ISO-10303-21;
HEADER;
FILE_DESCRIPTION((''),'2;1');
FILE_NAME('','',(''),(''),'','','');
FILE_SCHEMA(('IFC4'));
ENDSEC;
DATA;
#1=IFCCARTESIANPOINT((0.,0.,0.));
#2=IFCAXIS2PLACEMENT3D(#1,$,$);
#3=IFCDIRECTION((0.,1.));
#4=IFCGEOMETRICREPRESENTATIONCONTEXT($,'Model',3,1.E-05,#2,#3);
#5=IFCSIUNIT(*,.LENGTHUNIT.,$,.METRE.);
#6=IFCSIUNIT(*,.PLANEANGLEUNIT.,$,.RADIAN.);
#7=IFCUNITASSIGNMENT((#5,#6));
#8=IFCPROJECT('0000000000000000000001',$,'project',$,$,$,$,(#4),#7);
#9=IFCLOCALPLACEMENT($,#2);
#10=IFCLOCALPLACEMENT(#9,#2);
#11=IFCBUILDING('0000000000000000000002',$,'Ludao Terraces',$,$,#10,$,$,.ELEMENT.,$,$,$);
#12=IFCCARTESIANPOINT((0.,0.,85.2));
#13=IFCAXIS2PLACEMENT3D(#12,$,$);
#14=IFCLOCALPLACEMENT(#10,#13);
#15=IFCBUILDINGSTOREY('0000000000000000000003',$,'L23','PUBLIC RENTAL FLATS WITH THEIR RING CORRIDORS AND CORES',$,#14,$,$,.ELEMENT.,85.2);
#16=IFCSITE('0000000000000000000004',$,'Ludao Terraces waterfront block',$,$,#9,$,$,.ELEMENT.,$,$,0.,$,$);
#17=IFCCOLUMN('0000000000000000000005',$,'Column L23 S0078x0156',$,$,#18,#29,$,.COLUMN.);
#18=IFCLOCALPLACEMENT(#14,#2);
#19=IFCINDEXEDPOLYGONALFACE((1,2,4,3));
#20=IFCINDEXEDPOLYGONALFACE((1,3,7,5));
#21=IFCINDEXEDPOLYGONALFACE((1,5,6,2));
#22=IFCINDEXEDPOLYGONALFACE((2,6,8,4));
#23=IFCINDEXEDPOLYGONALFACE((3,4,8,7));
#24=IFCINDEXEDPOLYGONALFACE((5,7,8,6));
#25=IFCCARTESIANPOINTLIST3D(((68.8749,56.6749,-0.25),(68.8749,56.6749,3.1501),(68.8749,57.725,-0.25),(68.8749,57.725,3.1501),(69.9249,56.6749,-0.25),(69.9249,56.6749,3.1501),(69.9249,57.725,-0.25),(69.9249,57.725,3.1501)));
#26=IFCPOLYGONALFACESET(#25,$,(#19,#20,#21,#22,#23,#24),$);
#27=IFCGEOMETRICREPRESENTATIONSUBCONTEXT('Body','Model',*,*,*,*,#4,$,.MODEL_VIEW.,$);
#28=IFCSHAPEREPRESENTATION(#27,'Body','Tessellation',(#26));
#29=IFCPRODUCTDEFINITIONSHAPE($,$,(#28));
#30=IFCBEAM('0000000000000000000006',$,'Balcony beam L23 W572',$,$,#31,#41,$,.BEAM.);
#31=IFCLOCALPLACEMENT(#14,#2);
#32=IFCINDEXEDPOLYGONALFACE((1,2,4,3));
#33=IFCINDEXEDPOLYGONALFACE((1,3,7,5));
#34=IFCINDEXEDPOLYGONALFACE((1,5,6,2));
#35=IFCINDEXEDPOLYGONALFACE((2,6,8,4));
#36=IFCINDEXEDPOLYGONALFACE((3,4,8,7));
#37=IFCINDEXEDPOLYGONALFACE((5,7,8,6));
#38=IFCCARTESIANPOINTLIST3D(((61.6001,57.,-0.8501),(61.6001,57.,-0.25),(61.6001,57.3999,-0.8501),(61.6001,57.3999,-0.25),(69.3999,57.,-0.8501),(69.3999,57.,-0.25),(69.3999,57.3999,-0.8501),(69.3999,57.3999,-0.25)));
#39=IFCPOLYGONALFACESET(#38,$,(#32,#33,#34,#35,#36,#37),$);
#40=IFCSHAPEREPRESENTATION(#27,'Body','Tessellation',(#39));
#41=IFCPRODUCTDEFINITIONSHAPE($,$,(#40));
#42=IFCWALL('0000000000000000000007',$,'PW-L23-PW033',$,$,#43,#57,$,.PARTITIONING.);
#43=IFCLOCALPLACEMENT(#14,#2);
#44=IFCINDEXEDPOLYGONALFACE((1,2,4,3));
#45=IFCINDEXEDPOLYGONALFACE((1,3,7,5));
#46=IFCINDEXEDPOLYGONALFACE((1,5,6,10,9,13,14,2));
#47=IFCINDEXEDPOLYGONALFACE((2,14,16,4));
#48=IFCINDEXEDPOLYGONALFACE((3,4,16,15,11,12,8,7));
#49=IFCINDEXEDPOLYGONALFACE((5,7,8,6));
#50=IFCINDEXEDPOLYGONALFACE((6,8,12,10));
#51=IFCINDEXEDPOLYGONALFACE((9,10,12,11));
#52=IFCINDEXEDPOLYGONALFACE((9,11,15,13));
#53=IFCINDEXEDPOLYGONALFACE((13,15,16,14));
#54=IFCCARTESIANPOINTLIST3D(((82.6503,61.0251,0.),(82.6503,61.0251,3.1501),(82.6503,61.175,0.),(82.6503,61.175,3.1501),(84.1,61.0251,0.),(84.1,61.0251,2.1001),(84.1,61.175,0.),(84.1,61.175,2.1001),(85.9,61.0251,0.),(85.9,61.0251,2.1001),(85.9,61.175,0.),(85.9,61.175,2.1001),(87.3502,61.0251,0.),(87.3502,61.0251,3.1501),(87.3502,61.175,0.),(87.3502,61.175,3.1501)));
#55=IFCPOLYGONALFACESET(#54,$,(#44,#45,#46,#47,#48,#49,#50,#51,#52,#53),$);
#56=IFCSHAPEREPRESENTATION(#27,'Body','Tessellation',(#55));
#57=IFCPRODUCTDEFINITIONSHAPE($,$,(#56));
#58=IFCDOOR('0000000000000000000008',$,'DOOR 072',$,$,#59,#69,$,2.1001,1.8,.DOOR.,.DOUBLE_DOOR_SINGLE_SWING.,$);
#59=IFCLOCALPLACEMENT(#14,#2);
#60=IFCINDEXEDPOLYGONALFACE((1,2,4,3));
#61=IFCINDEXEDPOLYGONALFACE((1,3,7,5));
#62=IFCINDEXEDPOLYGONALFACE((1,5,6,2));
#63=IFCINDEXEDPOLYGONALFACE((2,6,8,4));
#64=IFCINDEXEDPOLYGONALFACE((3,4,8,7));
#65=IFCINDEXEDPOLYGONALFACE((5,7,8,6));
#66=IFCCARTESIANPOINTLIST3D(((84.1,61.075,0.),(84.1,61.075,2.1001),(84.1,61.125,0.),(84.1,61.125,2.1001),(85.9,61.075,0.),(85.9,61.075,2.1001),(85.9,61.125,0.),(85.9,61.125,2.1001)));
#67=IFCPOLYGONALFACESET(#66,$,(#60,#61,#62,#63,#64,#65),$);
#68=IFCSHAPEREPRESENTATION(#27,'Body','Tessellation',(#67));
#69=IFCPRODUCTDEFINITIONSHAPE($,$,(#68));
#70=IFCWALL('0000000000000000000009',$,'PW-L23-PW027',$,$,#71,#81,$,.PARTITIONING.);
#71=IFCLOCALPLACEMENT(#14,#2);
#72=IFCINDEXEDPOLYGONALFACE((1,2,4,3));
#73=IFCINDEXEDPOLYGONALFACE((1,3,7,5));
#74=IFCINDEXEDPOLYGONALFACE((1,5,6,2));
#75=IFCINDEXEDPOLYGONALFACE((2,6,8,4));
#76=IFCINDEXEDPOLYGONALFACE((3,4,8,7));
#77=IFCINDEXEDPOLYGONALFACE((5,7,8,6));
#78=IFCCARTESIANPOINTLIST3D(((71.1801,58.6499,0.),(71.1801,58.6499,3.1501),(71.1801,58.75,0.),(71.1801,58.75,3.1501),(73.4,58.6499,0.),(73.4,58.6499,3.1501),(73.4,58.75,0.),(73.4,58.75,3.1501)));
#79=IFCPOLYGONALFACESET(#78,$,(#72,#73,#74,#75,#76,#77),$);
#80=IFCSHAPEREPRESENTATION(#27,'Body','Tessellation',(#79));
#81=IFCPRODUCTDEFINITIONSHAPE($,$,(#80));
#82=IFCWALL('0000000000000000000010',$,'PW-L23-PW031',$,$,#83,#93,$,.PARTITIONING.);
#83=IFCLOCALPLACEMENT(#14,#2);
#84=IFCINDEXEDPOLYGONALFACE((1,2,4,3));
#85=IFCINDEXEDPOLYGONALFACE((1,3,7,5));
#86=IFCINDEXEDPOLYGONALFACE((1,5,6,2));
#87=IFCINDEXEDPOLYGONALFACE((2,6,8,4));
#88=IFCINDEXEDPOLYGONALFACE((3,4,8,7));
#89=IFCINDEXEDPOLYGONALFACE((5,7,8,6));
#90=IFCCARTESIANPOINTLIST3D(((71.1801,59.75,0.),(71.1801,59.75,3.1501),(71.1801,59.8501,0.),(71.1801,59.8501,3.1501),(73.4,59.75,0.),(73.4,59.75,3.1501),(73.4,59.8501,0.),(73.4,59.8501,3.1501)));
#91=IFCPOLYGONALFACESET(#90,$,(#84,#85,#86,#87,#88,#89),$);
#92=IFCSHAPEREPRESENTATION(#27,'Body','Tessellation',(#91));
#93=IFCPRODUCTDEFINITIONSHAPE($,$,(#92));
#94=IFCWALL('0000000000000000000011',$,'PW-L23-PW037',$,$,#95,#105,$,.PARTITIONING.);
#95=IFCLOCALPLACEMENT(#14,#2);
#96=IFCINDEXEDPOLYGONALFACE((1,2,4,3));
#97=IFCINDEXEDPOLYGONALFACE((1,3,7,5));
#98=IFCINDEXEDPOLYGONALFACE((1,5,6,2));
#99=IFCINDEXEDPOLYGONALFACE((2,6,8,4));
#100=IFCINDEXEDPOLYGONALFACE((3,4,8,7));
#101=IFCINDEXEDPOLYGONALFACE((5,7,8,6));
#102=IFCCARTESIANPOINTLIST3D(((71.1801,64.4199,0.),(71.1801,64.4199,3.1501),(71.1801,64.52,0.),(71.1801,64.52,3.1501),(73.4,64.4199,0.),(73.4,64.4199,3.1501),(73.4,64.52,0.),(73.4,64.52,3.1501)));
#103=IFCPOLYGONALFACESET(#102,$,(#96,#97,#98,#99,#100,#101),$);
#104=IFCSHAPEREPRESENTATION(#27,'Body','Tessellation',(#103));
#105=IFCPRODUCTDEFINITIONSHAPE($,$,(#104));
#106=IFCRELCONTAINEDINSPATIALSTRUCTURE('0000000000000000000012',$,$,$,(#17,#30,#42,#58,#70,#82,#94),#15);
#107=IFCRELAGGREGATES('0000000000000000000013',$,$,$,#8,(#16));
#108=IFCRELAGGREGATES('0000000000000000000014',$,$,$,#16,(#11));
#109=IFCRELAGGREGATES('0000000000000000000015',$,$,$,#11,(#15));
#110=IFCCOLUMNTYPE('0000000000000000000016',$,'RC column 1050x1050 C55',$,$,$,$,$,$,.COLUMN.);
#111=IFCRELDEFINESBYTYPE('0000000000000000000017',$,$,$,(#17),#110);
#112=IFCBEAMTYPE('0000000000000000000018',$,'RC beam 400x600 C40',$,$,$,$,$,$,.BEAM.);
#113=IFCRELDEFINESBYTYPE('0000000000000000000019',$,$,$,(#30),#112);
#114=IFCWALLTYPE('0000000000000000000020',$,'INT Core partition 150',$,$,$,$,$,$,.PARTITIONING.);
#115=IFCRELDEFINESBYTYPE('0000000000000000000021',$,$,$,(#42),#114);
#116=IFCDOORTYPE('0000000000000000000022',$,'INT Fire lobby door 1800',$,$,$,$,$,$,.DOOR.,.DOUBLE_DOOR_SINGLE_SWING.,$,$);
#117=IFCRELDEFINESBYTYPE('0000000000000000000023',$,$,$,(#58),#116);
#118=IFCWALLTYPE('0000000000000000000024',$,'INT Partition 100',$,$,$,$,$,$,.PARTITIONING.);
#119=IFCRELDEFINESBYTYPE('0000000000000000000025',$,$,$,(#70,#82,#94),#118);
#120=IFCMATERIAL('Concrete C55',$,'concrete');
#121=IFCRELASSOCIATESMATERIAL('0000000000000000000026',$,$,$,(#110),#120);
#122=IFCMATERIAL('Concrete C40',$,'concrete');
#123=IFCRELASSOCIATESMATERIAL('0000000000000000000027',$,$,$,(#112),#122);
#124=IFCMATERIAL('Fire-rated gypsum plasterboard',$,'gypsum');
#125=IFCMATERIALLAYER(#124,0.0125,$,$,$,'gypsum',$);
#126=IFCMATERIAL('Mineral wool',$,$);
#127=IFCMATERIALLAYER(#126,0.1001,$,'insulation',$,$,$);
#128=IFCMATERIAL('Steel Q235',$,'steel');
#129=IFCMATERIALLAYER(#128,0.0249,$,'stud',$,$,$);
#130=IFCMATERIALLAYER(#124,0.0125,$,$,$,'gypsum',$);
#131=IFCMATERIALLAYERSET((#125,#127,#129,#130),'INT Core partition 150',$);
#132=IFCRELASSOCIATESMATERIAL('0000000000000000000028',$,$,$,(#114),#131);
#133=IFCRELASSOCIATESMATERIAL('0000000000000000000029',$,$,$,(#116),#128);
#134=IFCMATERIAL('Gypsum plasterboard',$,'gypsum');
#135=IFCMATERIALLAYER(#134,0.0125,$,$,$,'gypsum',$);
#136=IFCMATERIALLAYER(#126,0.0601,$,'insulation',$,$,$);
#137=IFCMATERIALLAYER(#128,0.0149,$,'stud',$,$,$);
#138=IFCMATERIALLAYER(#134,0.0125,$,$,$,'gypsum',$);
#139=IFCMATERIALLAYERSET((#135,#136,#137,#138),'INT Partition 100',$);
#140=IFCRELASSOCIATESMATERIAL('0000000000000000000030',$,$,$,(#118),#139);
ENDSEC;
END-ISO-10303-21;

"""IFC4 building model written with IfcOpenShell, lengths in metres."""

from ifc_helpers import new_model, si_unit, direction, frame, frame_2d, origin, origin_2d, place, context, subcontext, project, spatial, rectangle, extrude, material, layer, layer_set, material_profile, profile_set, type_object, element, fill, save


model = new_model("IFC4")

# Units and contexts
model_context = context("Model", 3, precision=1e-05, world=origin(), true_north=direction((0.0, 1.0)))
body_context = subcontext(model_context, "Body", "Model", "MODEL_VIEW")
ifc_project = project(units=[si_unit("LENGTHUNIT", "METRE"), si_unit("PLANEANGLEUNIT", "RADIAN")], contexts=[model_context])

# Site, building, storey
site_placement = place(None, origin())
site = spatial("IfcSite", under=ifc_project, at=site_placement, Name="Ludao Terraces waterfront block", CompositionType="ELEMENT", RefElevation=0.0)
building_placement = place(site_placement, origin())
building = spatial("IfcBuilding", under=site, at=building_placement, Name="Ludao Terraces", CompositionType="ELEMENT")
storey_placement = place(building_placement, frame((0.0, 0.0, 85.2)))
storey = spatial("IfcBuildingStorey", under=building, at=storey_placement, Name="L23", Description="PUBLIC RENTAL FLATS WITH THEIR RING CORRIDORS AND CORES", CompositionType="ELEMENT", Elevation=85.2)

# Column
ifc_material_1 = material(Name="Concrete C55", Category="concrete")
ifc_material_profile_1 = material_profile(ifc_material_1, rectangle(XDim=1.05, YDim=1.05, at=origin_2d()), Name="1050 X 1050")
ifc_profile_set_1 = profile_set([ifc_material_profile_1], Name="Concrete C55")
column_type = type_object("IfcColumnType", Name="RC column 1050x1050 C55", PredefinedType="COLUMN", material=ifc_profile_set_1)
column_placement = place(storey_placement, frame((69.3999, 57.2, -0.25), z_axis=(0.0, 0.0, 1.0), x_axis=(1.0, 0.0, 0.0)))
element("IfcColumn", 1, at=column_placement, inside=storey, type_object=column_type, Name="Column L23 S0078x0156", PredefinedType="COLUMN", context=body_context, shape_type="SweptSolid", body=[
    extrude(rectangle(XDim=1.05, YDim=1.05, at=origin_2d()), origin(), (0.0, 0.0, 1.0), 3.4001),
])

# Beam
ifc_material_2 = material(Name="Concrete C40", Category="concrete")
ifc_material_profile_2 = material_profile(ifc_material_2, rectangle(XDim=0.3999, YDim=0.6001, at=origin_2d()), Name="400 X 600")
ifc_profile_set_2 = profile_set([ifc_material_profile_2], Name="Concrete C40")
beam_type = type_object("IfcBeamType", Name="RC beam 400x600 C40", PredefinedType="BEAM", material=ifc_profile_set_2)
beam_placement = place(storey_placement, frame((69.3999, 57.2, -0.55), z_axis=(-1.0, 0.0, 0.0), x_axis=(0.0, -1.0, 0.0)))
element("IfcBeam", 2, at=beam_placement, inside=storey, type_object=beam_type, Name="Balcony beam L23 W572", PredefinedType="BEAM", context=body_context, shape_type="SweptSolid", body=[
    extrude(rectangle(XDim=0.3999, YDim=0.6001, at=origin_2d()), origin(), (0.0, 0.0, 1.0), 7.7998),
])

# Wall, opening, door
ifc_material_3 = material(Name="Fire-rated gypsum plasterboard", Category="gypsum")
ifc_layer_1 = layer(ifc_material_3, 0.0125, Category="gypsum")
ifc_material_4 = material(Name="Mineral wool")
ifc_layer_2 = layer(ifc_material_4, 0.1001, Name="insulation")
ifc_material_5 = material(Name="Steel Q235", Category="steel")
ifc_layer_3 = layer(ifc_material_5, 0.0249, Name="stud")
ifc_layer_4 = layer(ifc_material_3, 0.0125, Category="gypsum")
ifc_layer_set_1 = layer_set([ifc_layer_1, ifc_layer_2, ifc_layer_3, ifc_layer_4], Name="INT Core partition 150")
wall_type_1 = type_object("IfcWallType", Name="INT Core partition 150", PredefinedType="PARTITIONING", material=ifc_layer_set_1)
wall_1_placement = place(storey_placement, frame((82.6501, 61.1001, 0.0), z_axis=(0.0, 0.0, 1.0), x_axis=(1.0, 0.0, 0.0)))
wall_1 = element("IfcWall", 3, at=wall_1_placement, inside=storey, type_object=wall_type_1, Name="PW-L23-PW033", PredefinedType="PARTITIONING", context=body_context, shape_type="SweptSolid", body=[
    extrude(rectangle(XDim=4.7, YDim=0.1499, at=frame_2d((2.3501, 0.0))), origin(), (0.0, 0.0, 1.0), 3.1501),
])
opening_1_placement = place(wall_1_placement, frame((1.45, 0.0, 0.0)))
opening_1 = element("IfcOpeningElement", 4, at=opening_1_placement, cuts=wall_1, PredefinedType="OPENING", context=body_context, shape_type="SweptSolid", body=[
    extrude(rectangle(XDim=1.8, YDim=2.1001, at=frame_2d((0.8999, 1.05))), frame((0.0, 0.085, 0.0), z_axis=(0.0, -1.0, 0.0), x_axis=(1.0, 0.0, 0.0)), (0.0, 0.0, 1.0), 0.1699),
])
door_type_1 = type_object("IfcDoorType", Name="INT Fire lobby door 1800", OperationType="DOUBLE_DOOR_SINGLE_SWING", PredefinedType="DOOR", material=ifc_material_5)
door_1_placement = place(opening_1_placement, origin())
door_1 = element("IfcDoor", 5, at=door_1_placement, inside=storey, type_object=door_type_1, Name="DOOR 072", OperationType="DOUBLE_DOOR_SINGLE_SWING", OverallHeight=2.1001, OverallWidth=1.8, PredefinedType="DOOR", context=body_context, shape_type="SweptSolid", body=[
    extrude(rectangle(XDim=1.8, YDim=2.1001, at=frame_2d((0.8999, 1.05))), frame((0.0, 0.0249, 0.0), z_axis=(0.0, -1.0, 0.0), x_axis=(1.0, 0.0, 0.0)), (0.0, 0.0, 1.0), 0.05),
])
fill(opening_1, door_1)

# Walls
ifc_material_6 = material(Name="Gypsum plasterboard", Category="gypsum")
ifc_layer_5 = layer(ifc_material_6, 0.0125, Category="gypsum")
ifc_layer_6 = layer(ifc_material_4, 0.0601, Name="insulation")
ifc_layer_7 = layer(ifc_material_5, 0.0149, Name="stud")
ifc_layer_8 = layer(ifc_material_6, 0.0125, Category="gypsum")
ifc_layer_set_2 = layer_set([ifc_layer_5, ifc_layer_6, ifc_layer_7, ifc_layer_8], Name="INT Partition 100")
wall_type_2 = type_object("IfcWallType", Name="INT Partition 100", PredefinedType="PARTITIONING", material=ifc_layer_set_2)
for number, where, z_axis, x_axis, name in (
    (6, (71.1802, 58.7, 0.0), (0.0, 0.0, 1.0), (1.0, 0.0, 0.0), "PW-L23-PW027"),
    (7, (71.1802, 59.8, 0.0), (0.0, 0.0, 1.0), (1.0, 0.0, 0.0), "PW-L23-PW031"),
    (8, (71.1802, 64.47, 0.0), (0.0, 0.0, 1.0), (1.0, 0.0, 0.0), "PW-L23-PW037"),
):
    element("IfcWall", number, at=place(storey_placement, frame(where, z_axis=z_axis, x_axis=x_axis)), inside=storey, type_object=wall_type_2, Name=name, PredefinedType="PARTITIONING", context=body_context, shape_type="SweptSolid", body=[
        extrude(rectangle(XDim=2.22, YDim=0.1001, at=frame_2d((1.1099, 0.0))), origin(), (0.0, 0.0, 1.0), 3.1501),
    ])

save(model, "model.ifc")
